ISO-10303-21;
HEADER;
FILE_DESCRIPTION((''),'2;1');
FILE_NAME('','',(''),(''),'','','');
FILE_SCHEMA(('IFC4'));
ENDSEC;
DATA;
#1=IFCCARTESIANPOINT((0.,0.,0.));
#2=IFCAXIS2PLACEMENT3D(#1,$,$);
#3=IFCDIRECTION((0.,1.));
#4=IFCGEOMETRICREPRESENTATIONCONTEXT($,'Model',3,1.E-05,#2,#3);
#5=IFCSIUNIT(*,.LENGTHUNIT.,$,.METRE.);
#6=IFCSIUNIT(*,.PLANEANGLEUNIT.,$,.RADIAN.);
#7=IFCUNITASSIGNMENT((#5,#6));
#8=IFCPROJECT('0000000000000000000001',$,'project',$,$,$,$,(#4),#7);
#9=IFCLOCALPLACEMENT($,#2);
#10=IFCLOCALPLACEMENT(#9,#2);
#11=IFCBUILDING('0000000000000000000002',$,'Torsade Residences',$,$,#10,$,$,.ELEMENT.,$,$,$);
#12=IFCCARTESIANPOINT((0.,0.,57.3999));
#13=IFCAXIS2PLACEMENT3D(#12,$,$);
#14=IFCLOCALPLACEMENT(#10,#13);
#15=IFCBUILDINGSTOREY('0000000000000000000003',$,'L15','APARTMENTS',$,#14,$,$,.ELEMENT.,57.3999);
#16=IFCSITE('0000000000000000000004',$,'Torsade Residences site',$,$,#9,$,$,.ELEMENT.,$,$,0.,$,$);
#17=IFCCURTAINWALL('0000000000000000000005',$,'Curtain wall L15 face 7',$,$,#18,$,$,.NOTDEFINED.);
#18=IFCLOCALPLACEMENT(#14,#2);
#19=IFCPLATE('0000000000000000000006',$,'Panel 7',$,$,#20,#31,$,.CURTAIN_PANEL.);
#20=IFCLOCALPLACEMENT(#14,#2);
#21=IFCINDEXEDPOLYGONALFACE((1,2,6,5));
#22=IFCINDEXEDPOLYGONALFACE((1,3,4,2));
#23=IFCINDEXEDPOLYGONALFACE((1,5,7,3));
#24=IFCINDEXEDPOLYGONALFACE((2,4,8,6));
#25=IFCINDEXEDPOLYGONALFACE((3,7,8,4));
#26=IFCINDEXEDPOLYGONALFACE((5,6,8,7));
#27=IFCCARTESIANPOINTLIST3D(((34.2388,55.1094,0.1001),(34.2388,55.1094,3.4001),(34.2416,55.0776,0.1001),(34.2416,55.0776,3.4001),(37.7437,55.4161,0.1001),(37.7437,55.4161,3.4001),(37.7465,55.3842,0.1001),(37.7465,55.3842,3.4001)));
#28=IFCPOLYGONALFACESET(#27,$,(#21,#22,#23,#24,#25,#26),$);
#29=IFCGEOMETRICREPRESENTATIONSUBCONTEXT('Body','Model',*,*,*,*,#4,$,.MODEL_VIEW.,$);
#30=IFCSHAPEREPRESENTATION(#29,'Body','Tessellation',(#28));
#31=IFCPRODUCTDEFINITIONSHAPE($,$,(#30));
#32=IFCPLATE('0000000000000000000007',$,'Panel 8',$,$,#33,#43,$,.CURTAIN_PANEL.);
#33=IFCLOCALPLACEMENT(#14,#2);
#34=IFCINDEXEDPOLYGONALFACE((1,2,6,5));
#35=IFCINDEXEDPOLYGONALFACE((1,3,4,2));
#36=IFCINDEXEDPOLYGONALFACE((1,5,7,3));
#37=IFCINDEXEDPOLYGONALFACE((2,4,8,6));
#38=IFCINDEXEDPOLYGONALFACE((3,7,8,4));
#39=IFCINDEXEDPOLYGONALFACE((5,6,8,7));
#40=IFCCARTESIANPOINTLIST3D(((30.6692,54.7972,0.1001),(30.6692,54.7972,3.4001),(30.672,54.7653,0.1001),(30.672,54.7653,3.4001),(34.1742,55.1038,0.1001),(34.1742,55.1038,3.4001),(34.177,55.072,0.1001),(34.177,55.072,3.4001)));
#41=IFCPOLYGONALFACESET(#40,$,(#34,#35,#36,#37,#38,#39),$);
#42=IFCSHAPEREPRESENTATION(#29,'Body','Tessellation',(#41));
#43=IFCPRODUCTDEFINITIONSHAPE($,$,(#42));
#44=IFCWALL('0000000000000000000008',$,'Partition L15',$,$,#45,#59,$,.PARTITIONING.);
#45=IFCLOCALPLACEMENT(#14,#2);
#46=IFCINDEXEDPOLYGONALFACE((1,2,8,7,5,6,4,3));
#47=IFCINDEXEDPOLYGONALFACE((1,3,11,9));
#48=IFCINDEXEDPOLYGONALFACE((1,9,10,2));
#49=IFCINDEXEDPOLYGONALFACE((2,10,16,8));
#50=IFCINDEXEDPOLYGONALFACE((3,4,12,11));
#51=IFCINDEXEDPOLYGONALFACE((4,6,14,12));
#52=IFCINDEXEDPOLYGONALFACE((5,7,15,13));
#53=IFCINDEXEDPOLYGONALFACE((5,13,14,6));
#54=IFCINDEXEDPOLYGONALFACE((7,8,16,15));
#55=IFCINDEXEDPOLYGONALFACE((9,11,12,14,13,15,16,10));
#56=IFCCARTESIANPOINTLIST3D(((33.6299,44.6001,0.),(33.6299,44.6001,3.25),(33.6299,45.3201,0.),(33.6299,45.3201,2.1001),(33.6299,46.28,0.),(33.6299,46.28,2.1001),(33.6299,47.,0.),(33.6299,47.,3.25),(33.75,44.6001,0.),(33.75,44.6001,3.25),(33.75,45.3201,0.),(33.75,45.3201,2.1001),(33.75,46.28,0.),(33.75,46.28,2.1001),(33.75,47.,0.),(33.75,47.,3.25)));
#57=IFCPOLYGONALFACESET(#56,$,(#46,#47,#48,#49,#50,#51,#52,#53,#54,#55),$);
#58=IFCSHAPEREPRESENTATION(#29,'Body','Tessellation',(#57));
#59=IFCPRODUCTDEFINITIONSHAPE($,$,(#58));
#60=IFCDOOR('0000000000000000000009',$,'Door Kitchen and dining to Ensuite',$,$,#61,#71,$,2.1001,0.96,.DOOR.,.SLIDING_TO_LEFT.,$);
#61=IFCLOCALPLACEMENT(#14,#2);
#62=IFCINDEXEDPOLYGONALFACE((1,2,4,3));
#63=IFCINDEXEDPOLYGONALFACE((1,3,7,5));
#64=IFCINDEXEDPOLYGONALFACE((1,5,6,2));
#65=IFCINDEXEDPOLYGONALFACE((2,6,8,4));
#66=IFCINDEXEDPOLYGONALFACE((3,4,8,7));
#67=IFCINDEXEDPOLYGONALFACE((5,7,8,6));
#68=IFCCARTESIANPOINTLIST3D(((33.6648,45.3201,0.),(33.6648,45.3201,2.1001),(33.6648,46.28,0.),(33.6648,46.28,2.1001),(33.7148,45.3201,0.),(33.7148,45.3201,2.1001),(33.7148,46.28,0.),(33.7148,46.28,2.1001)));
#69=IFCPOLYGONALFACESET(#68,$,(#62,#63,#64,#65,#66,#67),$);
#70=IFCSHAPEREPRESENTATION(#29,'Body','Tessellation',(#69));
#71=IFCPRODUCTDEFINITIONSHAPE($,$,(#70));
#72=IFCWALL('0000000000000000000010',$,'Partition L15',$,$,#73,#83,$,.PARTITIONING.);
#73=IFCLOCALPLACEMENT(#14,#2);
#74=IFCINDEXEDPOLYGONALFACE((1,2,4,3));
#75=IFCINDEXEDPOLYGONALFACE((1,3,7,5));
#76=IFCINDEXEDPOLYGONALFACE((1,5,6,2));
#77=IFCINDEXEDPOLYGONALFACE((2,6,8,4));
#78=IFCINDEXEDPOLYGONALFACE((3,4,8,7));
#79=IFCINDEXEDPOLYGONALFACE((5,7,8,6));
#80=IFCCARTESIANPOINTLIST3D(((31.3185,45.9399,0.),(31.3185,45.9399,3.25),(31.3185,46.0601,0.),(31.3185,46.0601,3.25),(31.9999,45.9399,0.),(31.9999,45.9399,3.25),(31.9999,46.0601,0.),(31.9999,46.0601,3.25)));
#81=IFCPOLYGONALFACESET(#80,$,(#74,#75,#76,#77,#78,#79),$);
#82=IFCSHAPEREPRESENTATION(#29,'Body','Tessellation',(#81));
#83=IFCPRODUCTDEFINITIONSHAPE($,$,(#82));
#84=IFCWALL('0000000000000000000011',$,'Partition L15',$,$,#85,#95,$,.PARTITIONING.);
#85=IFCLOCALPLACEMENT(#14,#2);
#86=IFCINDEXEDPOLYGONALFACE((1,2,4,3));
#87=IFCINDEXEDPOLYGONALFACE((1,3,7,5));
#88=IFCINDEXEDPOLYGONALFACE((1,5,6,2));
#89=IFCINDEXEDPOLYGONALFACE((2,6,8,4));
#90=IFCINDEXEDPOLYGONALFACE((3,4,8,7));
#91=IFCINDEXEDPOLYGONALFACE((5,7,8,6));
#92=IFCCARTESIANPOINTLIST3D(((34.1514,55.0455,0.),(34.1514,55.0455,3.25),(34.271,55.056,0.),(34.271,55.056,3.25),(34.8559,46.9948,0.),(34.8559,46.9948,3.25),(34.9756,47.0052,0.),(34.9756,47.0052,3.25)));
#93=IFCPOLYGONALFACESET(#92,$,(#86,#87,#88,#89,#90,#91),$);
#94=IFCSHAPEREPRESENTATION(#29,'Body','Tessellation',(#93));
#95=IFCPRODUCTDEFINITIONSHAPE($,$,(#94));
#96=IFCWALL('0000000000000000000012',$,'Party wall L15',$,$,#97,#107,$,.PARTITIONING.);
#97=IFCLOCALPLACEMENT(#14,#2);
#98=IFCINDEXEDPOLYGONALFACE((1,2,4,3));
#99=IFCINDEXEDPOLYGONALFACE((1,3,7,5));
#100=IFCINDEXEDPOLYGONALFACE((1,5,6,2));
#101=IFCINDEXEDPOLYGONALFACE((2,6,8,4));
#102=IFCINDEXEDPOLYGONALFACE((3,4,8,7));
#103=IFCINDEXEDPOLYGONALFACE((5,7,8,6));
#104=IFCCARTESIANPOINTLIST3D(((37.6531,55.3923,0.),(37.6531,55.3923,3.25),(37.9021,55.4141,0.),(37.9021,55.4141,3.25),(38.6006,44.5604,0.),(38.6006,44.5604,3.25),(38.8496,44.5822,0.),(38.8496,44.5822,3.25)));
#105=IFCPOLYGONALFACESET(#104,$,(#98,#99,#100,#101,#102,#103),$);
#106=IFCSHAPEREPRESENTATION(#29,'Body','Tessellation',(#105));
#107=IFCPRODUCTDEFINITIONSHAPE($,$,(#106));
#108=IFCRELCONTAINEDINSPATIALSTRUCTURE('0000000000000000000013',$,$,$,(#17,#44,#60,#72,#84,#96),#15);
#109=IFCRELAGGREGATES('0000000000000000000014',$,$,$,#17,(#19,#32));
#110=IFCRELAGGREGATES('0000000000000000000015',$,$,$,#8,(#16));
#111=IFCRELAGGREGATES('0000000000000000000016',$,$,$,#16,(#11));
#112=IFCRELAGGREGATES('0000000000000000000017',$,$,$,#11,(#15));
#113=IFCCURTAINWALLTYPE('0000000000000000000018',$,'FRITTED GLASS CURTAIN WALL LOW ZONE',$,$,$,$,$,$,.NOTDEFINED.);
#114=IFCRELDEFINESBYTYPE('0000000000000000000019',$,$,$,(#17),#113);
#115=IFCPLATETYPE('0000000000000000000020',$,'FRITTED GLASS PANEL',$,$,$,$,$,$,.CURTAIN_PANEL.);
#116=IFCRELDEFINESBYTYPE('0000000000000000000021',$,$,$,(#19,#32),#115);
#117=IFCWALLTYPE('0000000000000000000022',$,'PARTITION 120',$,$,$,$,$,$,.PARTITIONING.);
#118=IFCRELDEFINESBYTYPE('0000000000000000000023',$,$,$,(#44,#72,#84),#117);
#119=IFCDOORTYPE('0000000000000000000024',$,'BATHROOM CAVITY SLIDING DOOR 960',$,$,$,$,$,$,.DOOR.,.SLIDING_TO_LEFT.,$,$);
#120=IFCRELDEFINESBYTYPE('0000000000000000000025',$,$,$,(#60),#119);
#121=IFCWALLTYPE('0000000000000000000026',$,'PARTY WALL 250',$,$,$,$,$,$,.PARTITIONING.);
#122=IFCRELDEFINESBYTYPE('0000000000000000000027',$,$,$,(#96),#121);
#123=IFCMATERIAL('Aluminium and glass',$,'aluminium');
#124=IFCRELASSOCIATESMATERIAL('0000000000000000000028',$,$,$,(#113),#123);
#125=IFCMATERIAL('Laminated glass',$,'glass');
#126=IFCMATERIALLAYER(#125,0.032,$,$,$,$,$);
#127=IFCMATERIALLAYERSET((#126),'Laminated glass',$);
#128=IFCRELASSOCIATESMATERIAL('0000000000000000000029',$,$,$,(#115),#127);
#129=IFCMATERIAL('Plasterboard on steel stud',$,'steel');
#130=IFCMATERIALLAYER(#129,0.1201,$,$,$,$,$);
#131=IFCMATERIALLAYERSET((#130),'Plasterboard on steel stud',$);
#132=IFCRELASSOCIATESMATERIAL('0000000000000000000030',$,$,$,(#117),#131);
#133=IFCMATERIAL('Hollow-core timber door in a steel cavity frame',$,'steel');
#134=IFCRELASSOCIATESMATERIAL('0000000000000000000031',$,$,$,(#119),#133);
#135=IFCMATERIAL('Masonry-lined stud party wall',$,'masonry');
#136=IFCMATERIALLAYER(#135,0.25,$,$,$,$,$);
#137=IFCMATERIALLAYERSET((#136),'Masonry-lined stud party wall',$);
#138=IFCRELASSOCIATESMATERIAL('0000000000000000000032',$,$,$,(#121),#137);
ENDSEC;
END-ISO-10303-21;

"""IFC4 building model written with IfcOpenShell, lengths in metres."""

from ifc_helpers import new_model, si_unit, direction, frame, frame_2d, origin, origin_2d, place, context, subcontext, project, spatial, rectangle, extrude, material, layer, layer_set, type_object, element, fill, aggregate, save


model = new_model("IFC4")

# Units and contexts
model_context = context("Model", 3, precision=1e-05, world=origin(), true_north=direction((0.0, 1.0)))
body_context = subcontext(model_context, "Body", "Model", "MODEL_VIEW")
ifc_project = project(units=[si_unit("LENGTHUNIT", "METRE"), si_unit("PLANEANGLEUNIT", "RADIAN")], contexts=[model_context])

# Site, building, storey
site_placement = place(None, origin())
site = spatial("IfcSite", under=ifc_project, at=site_placement, Name="Torsade Residences site", CompositionType="ELEMENT", RefElevation=0.0)
building_placement = place(site_placement, origin())
building = spatial("IfcBuilding", under=site, at=building_placement, Name="Torsade Residences", CompositionType="ELEMENT")
storey_placement = place(building_placement, frame((0.0, 0.0, 57.3999)))
storey = spatial("IfcBuildingStorey", under=building, at=storey_placement, Name="L15", Description="APARTMENTS", CompositionType="ELEMENT", Elevation=57.3999)

# Curtain wall
ifc_material_1 = material(Name="Aluminium and glass", Category="aluminium")
curtain_wall_type = type_object("IfcCurtainWallType", Name="FRITTED GLASS CURTAIN WALL LOW ZONE", PredefinedType="NOTDEFINED", material=ifc_material_1)
curtain_wall_placement = place(storey_placement, origin())
curtain_wall = element("IfcCurtainWall", 1, at=curtain_wall_placement, inside=storey, type_object=curtain_wall_type, Name="Curtain wall L15 face 7", PredefinedType="NOTDEFINED")

# Plates
ifc_material_2 = material(Name="Laminated glass", Category="glass")
ifc_layer_1 = layer(ifc_material_2, 0.032)
ifc_layer_set_1 = layer_set([ifc_layer_1], Name="Laminated glass")
plate_type = type_object("IfcPlateType", Name="FRITTED GLASS PANEL", PredefinedType="CURTAIN_PANEL", material=ifc_layer_set_1)
plate_1_placement = place(storey_placement, frame((35.9927, 55.2468, 0.1001), z_axis=(0.0, 0.0, 1.0), x_axis=(-0.996195, -0.087156, 0.0)))
plate_1 = element("IfcPlate", 2, at=plate_1_placement, type_object=plate_type, Name="Panel 7", PredefinedType="CURTAIN_PANEL", context=body_context, shape_type="SweptSolid", body=[
    extrude(rectangle(XDim=3.5183, YDim=0.032, at=origin_2d()), origin(), (0.0, 0.0, 1.0), 3.3),
])
plate_2_placement = place(storey_placement, frame((32.4231, 54.9346, 0.1001), z_axis=(0.0, 0.0, 1.0), x_axis=(-0.996195, -0.087156, 0.0)))
plate_2 = element("IfcPlate", 3, at=plate_2_placement, type_object=plate_type, Name="Panel 8", PredefinedType="CURTAIN_PANEL", context=body_context, shape_type="SweptSolid", body=[
    extrude(rectangle(XDim=3.5183, YDim=0.032, at=origin_2d()), origin(), (0.0, 0.0, 1.0), 3.3),
])
aggregate(curtain_wall, [plate_1, plate_2])

# Wall, opening, door
ifc_material_3 = material(Name="Plasterboard on steel stud", Category="steel")
ifc_layer_2 = layer(ifc_material_3, 0.1201)
ifc_layer_set_2 = layer_set([ifc_layer_2], Name="Plasterboard on steel stud")
wall_type_1 = type_object("IfcWallType", Name="PARTITION 120", PredefinedType="PARTITIONING", material=ifc_layer_set_2)
wall_1_placement = place(storey_placement, frame((33.6899, 47.0, 0.0), z_axis=(0.0, 0.0, 1.0), x_axis=(0.0, -1.0, 0.0)))
wall_1 = element("IfcWall", 4, at=wall_1_placement, inside=storey, type_object=wall_type_1, Name="Partition L15", PredefinedType="PARTITIONING", context=body_context, shape_type="SweptSolid", body=[
    extrude(rectangle(XDim=2.3999, YDim=0.1201, at=frame_2d((1.2, 0.0))), origin(), (0.0, 0.0, 1.0), 3.25),
])
opening_placement = place(wall_1_placement, frame((0.72, 0.0, 0.0)))
opening = element("IfcOpeningElement", 5, at=opening_placement, cuts=wall_1, PredefinedType="OPENING", context=body_context, shape_type="SweptSolid", body=[
    extrude(rectangle(XDim=0.96, YDim=2.1001, at=frame_2d((0.48, 1.05))), frame((0.0, 0.0701, 0.0), z_axis=(0.0, -1.0, 0.0), x_axis=(1.0, 0.0, 0.0)), (0.0, 0.0, 1.0), 0.1401),
])
ifc_material_4 = material(Name="Hollow-core timber door in a steel cavity frame", Category="steel")
door_type = type_object("IfcDoorType", Name="BATHROOM CAVITY SLIDING DOOR 960", OperationType="SLIDING_TO_LEFT", PredefinedType="DOOR", material=ifc_material_4)
door_placement = place(opening_placement, origin())
door = element("IfcDoor", 6, at=door_placement, inside=storey, type_object=door_type, Name="Door Kitchen and dining to Ensuite", OperationType="SLIDING_TO_LEFT", OverallHeight=2.1001, OverallWidth=0.96, PredefinedType="DOOR", context=body_context, shape_type="SweptSolid", body=[
    extrude(rectangle(XDim=0.96, YDim=2.1001, at=frame_2d((0.48, 1.05))), frame((0.0, 0.0249, 0.0), z_axis=(0.0, -1.0, 0.0), x_axis=(1.0, 0.0, 0.0)), (0.0, 0.0, 1.0), 0.05),
])
fill(opening, door)

# Walls
wall_2_placement = place(storey_placement, frame((32.0, 46.0, 0.0), z_axis=(0.0, 0.0, 1.0), x_axis=(-1.0, 0.0, 0.0)))
element("IfcWall", 7, at=wall_2_placement, inside=storey, type_object=wall_type_1, Name="Partition L15", PredefinedType="PARTITIONING", context=body_context, shape_type="SweptSolid", body=[
    extrude(rectangle(XDim=0.6814, YDim=0.1201, at=frame_2d((0.3408, 0.0))), origin(), (0.0, 0.0, 1.0), 3.25),
])
wall_3_placement = place(storey_placement, frame((34.9158, 47.0, 0.0), z_axis=(0.0, 0.0, 1.0), x_axis=(-0.087185, 0.996192, 0.0)))
element("IfcWall", 8, at=wall_3_placement, inside=storey, type_object=wall_type_1, Name="Partition L15", PredefinedType="PARTITIONING", context=body_context, shape_type="SweptSolid", body=[
    extrude(rectangle(XDim=8.0815, YDim=0.1201, at=frame_2d((4.0408, 0.0))), origin(), (0.0, 0.0, 1.0), 3.25),
])
ifc_material_5 = material(Name="Masonry-lined stud party wall", Category="masonry")
ifc_layer_3 = layer(ifc_material_5, 0.25)
ifc_layer_set_3 = layer_set([ifc_layer_3], Name="Masonry-lined stud party wall")
wall_type_2 = type_object("IfcWallType", Name="PARTY WALL 250", PredefinedType="PARTITIONING", material=ifc_layer_set_3)
wall_4_placement = place(storey_placement, frame((37.7776, 55.4031, 0.0), z_axis=(0.0, 0.0, 1.0), x_axis=(0.08714, -0.996196, 0.0)))
element("IfcWall", 9, at=wall_4_placement, inside=storey, type_object=wall_type_2, Name="Party wall L15", PredefinedType="PARTITIONING", context=body_context, shape_type="SweptSolid", body=[
    extrude(rectangle(XDim=10.8733, YDim=0.25, at=frame_2d((5.4365, 0.0))), origin(), (0.0, 0.0, 1.0), 3.25),
])

save(model, "model.ifc")
